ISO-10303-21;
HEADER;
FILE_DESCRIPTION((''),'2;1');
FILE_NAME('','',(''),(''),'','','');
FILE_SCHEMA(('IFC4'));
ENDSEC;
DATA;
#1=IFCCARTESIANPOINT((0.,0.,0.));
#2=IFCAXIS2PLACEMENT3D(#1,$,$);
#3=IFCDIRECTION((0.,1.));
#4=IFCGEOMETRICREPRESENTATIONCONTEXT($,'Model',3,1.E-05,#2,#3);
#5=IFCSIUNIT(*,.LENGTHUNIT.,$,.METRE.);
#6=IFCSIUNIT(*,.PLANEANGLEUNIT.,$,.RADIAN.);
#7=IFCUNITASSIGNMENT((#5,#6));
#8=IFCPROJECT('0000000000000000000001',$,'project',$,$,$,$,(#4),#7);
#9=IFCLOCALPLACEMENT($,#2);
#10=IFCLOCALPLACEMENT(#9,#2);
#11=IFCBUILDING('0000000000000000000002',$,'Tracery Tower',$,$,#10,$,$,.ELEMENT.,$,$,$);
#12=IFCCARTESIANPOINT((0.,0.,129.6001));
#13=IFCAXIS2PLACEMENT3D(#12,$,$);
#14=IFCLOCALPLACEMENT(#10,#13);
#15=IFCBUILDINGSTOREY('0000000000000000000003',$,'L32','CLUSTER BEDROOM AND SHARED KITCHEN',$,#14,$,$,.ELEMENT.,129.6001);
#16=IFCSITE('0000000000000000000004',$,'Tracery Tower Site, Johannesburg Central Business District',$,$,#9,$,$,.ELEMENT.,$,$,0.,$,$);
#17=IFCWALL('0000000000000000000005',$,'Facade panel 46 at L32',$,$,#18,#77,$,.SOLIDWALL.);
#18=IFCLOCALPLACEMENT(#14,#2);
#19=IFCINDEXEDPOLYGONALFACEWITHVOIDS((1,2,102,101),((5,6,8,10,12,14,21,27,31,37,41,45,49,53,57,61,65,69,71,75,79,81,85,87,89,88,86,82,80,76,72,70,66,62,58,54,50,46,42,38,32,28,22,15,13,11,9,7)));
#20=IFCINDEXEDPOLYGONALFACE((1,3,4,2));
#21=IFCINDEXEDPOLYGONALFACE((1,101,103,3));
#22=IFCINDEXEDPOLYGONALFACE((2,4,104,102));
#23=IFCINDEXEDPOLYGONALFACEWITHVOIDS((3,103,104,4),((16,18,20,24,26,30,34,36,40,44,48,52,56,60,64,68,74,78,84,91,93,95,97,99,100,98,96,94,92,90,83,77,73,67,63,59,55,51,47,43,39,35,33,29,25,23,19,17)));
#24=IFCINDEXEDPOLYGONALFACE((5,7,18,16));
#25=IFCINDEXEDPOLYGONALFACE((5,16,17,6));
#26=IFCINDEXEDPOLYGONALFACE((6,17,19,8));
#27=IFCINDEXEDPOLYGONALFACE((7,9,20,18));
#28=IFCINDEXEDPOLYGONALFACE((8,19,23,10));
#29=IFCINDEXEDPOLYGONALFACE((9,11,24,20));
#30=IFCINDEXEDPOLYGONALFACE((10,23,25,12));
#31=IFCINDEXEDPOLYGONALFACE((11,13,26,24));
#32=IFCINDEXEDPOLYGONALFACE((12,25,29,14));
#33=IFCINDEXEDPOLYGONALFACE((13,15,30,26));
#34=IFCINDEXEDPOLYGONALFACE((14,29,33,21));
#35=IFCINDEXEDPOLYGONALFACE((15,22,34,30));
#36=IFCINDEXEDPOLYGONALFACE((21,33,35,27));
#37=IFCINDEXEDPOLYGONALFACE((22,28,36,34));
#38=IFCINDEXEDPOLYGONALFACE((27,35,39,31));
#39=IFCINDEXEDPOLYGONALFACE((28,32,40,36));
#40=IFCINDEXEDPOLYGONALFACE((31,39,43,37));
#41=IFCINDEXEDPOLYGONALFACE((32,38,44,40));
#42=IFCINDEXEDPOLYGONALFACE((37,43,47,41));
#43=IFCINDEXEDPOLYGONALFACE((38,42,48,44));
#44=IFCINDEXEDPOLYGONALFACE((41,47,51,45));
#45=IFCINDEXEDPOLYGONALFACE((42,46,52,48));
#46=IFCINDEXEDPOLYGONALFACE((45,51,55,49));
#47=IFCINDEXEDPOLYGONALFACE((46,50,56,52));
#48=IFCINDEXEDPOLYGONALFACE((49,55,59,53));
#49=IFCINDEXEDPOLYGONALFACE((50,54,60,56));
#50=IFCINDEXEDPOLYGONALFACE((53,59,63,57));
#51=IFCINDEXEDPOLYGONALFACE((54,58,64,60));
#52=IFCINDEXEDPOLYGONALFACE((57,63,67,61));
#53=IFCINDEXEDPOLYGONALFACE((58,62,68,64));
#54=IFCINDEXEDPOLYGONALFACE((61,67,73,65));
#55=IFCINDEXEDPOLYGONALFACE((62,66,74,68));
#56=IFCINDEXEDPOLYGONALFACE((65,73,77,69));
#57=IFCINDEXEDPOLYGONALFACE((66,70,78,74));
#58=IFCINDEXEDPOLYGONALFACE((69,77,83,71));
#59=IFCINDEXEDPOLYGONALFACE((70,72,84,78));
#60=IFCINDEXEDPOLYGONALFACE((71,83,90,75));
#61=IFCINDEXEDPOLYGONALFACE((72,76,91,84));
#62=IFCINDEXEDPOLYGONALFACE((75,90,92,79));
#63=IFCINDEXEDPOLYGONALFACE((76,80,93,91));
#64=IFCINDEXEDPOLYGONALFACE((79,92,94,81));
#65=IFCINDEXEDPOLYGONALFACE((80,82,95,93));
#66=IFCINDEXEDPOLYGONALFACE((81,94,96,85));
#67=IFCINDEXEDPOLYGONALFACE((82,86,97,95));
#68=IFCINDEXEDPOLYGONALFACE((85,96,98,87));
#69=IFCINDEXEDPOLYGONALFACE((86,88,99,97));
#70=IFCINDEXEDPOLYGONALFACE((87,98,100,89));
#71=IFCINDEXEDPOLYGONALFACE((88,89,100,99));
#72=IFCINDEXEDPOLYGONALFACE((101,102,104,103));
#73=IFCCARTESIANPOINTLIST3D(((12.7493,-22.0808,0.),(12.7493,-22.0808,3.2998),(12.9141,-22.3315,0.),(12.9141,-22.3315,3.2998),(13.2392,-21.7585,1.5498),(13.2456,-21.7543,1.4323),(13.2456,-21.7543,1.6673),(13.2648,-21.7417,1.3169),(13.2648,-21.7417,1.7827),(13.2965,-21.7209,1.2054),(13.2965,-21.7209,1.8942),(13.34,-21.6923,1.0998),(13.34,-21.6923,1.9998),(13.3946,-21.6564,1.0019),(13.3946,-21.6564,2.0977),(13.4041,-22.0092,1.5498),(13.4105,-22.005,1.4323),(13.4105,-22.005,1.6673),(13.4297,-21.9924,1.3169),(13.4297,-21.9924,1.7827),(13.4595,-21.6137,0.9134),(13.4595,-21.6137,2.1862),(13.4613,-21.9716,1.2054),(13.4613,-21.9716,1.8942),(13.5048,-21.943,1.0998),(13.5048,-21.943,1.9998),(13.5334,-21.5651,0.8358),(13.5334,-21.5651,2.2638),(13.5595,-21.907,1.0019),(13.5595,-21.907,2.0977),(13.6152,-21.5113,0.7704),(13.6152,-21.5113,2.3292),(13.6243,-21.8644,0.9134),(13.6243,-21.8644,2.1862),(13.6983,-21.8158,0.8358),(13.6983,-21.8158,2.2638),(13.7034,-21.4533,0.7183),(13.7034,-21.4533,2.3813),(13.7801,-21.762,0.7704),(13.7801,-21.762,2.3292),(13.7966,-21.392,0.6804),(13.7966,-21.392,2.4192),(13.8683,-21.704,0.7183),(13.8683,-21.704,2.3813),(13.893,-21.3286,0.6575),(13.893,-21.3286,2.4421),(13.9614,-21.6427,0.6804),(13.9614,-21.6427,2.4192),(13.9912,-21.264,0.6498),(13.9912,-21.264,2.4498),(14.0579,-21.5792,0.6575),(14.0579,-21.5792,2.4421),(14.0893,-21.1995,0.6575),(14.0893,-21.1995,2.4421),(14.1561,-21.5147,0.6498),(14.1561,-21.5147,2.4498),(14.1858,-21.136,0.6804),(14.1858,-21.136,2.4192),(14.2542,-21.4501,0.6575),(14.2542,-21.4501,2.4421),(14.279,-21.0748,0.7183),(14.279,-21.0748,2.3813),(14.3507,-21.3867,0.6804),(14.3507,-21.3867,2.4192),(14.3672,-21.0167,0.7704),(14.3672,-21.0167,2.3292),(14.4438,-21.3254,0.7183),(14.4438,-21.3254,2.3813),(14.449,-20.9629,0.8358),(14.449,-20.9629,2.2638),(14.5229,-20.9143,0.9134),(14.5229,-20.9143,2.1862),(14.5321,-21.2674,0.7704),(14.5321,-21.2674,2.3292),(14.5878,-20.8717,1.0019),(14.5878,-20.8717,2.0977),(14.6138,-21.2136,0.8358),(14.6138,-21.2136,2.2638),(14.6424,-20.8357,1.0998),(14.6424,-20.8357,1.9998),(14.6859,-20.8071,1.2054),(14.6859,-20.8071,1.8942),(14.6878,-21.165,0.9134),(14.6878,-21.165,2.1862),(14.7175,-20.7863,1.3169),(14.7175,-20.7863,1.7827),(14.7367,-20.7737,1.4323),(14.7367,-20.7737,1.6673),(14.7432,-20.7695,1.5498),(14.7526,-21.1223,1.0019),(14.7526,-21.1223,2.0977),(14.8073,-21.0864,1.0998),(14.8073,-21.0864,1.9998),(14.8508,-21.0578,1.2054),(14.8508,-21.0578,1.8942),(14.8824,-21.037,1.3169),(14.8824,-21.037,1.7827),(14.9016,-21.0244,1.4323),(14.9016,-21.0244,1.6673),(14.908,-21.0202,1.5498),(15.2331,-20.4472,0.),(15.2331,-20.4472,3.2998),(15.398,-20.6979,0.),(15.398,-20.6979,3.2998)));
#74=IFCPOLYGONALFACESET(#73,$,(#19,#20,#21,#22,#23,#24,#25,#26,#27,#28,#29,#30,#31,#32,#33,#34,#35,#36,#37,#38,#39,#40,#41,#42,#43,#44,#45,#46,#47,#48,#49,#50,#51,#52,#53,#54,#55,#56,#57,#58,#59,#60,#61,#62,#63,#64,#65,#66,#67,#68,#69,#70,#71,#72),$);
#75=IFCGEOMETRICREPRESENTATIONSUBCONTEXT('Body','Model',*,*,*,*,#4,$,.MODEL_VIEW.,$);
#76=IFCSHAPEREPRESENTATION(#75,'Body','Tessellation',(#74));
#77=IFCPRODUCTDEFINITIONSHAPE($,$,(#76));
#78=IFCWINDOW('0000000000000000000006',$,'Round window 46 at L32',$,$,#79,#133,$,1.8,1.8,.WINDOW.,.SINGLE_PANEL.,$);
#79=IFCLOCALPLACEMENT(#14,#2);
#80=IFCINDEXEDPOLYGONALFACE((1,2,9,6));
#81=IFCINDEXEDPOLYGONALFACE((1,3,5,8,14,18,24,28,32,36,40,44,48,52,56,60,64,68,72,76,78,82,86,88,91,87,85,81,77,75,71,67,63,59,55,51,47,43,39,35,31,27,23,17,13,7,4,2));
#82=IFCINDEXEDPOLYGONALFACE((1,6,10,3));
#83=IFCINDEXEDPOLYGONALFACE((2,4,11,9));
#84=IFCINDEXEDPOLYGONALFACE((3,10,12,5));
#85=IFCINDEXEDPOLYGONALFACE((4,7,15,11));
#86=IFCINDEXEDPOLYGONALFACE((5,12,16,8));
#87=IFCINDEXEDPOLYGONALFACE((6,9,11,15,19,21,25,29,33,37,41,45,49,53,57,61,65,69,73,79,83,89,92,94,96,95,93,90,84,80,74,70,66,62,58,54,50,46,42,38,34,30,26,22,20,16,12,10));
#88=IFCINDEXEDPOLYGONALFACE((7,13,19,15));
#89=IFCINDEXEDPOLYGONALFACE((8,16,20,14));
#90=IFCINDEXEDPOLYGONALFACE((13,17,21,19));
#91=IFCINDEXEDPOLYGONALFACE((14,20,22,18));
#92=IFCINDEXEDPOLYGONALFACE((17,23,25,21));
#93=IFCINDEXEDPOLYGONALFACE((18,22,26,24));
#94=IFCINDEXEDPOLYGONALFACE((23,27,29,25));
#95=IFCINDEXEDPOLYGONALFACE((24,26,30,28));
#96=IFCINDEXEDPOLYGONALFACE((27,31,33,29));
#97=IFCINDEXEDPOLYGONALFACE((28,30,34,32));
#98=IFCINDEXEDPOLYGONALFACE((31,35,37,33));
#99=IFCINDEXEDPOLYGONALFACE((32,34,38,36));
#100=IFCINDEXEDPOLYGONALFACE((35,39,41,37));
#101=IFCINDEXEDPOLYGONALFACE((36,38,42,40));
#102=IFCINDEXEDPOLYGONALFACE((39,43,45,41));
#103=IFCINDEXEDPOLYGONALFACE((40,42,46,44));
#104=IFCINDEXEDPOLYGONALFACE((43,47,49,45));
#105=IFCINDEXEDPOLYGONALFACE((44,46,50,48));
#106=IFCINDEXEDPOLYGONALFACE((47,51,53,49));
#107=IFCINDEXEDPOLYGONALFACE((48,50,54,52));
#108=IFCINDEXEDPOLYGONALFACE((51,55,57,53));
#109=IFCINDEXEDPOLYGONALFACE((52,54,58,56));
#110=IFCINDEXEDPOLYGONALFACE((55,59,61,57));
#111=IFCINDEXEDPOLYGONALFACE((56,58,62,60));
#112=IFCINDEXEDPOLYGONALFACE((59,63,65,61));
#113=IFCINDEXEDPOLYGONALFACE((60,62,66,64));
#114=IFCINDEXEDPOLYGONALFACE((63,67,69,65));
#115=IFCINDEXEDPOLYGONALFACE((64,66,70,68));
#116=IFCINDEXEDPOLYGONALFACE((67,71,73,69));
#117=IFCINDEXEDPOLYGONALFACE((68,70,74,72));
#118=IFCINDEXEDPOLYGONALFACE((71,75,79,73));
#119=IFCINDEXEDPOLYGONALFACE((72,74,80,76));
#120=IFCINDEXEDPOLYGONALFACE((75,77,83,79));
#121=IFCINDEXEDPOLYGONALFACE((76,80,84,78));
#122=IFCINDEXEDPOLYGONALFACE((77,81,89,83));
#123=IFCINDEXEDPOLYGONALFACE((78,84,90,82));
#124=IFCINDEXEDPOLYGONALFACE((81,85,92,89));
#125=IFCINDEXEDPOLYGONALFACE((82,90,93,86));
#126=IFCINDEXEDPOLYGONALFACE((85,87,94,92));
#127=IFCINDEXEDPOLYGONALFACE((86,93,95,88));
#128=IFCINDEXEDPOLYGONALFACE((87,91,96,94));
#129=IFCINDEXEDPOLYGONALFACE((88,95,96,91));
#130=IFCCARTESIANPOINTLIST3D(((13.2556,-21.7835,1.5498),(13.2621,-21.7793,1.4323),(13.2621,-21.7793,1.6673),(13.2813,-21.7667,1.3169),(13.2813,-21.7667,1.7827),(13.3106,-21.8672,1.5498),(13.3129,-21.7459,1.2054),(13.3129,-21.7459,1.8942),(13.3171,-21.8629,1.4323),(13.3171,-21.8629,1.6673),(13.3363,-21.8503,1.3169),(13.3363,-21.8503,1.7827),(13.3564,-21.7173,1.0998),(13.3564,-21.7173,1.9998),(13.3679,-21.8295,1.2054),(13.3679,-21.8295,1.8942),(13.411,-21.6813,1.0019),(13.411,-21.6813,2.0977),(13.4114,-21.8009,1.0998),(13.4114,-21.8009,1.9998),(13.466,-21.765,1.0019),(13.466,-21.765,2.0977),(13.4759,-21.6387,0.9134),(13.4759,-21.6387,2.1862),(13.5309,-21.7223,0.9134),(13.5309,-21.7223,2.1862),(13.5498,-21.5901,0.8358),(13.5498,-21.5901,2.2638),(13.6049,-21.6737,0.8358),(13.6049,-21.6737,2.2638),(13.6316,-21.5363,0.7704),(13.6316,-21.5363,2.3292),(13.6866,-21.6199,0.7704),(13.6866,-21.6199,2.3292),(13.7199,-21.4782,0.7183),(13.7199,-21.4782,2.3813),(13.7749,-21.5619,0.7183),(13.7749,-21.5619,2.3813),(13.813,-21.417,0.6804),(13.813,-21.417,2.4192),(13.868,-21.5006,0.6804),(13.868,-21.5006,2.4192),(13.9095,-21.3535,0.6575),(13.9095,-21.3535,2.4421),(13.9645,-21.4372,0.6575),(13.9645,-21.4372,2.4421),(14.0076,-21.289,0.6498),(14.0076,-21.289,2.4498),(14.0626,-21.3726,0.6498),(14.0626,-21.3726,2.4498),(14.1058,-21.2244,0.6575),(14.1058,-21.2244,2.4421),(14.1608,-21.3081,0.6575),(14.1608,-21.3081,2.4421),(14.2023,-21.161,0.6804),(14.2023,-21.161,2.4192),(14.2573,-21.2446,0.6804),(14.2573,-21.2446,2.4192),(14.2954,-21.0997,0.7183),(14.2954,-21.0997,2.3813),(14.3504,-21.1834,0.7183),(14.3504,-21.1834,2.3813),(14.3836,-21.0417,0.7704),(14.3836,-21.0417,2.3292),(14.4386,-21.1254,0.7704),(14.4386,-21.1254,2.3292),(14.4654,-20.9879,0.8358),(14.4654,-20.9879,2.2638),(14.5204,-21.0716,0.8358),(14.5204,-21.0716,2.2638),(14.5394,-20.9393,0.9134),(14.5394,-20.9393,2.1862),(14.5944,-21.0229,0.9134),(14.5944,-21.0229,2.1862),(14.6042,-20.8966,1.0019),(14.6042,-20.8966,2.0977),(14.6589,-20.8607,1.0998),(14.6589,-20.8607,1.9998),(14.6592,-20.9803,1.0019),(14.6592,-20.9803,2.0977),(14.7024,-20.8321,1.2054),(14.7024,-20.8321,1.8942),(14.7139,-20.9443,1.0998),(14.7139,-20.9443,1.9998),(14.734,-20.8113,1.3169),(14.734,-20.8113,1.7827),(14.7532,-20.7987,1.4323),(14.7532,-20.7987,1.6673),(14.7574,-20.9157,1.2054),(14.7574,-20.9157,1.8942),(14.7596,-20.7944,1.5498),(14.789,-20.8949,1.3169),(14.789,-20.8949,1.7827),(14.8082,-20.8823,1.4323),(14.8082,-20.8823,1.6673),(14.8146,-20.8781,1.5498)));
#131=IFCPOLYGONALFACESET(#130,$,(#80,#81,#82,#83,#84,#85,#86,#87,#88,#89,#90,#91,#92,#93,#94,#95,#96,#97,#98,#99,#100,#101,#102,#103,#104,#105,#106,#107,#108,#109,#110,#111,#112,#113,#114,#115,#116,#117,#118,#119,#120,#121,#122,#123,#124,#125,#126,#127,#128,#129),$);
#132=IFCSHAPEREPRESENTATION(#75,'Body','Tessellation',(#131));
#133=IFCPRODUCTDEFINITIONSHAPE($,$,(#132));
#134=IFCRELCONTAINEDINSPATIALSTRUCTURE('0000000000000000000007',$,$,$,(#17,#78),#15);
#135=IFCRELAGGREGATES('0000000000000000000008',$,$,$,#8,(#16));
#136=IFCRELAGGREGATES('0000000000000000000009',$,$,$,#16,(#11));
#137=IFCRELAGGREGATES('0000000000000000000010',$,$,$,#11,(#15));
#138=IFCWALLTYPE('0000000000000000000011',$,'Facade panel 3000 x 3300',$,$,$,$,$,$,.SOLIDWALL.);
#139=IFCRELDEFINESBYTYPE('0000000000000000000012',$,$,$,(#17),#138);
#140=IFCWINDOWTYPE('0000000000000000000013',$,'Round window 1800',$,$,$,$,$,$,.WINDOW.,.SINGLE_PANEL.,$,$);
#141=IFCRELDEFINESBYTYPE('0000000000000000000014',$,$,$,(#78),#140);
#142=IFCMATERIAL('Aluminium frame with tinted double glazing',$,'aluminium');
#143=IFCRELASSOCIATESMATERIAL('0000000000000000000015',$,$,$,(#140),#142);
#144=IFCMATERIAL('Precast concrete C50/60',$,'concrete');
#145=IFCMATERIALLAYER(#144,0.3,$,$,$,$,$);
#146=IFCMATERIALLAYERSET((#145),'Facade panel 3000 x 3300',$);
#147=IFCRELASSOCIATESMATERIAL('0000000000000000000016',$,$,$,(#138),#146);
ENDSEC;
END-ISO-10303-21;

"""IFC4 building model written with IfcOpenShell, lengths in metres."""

from ifc_helpers import new_model, si_unit, direction, frame, frame_2d, origin, origin_2d, place, context, subcontext, project, spatial, rectangle, circle, extrude, material, layer, layer_set, type_object, element, fill, save


model = new_model("IFC4")

# Units and contexts
model_context = context("Model", 3, precision=1e-05, world=origin(), true_north=direction((0.0, 1.0)))
body_context = subcontext(model_context, "Body", "Model", "MODEL_VIEW")
ifc_project = project(units=[si_unit("LENGTHUNIT", "METRE"), si_unit("PLANEANGLEUNIT", "RADIAN")], contexts=[model_context])

# Site, building, storey
site_placement = place(None, origin())
site = spatial("IfcSite", under=ifc_project, at=site_placement, Name="Tracery Tower Site, Johannesburg Central Business District", CompositionType="ELEMENT", RefElevation=0.0)
building_placement = place(site_placement, origin())
building = spatial("IfcBuilding", under=site, at=building_placement, Name="Tracery Tower", CompositionType="ELEMENT")
storey_placement = place(building_placement, frame((0.0, 0.0, 129.6001)))
storey = spatial("IfcBuildingStorey", under=building, at=storey_placement, Name="L32", Description="CLUSTER BEDROOM AND SHARED KITCHEN", CompositionType="ELEMENT", Elevation=129.6001)

# Wall, opening, window
ifc_material_1 = material(Name="Aluminium frame with tinted double glazing", Category="aluminium")
window_type = type_object("IfcWindowType", Name="Round window 1800", PartitioningType="SINGLE_PANEL", PredefinedType="WINDOW", material=ifc_material_1)
ifc_material_2 = material(Name="Precast concrete C50/60", Category="concrete")
ifc_layer_1 = layer(ifc_material_2, 0.3)
ifc_layer_set_1 = layer_set([ifc_layer_1], Name="Facade panel 3000 x 3300")
wall_type_1 = type_object("IfcWallType", Name="Facade panel 3000 x 3300", PredefinedType="SOLIDWALL", material=ifc_layer_set_1)
wall_1_placement = place(storey_placement, frame((12.8318, -22.2061, 0.0), z_axis=(0.0, 0.0, 1.0), x_axis=(0.835508, 0.549478, 0.0)))
wall_1 = element("IfcWall", 1, at=wall_1_placement, inside=storey, type_object=wall_type_1, Name="Facade panel 46 at L32", PredefinedType="SOLIDWALL", context=body_context, shape_type="SweptSolid", body=[
    extrude(rectangle(XDim=2.9729, YDim=0.3, at=frame_2d((1.4863, 0.0))), origin(), (0.0, 0.0, 1.0), 3.2998),
])
opening_1_placement = place(wall_1_placement, frame((1.4863, 0.0, 1.5498)))
opening_1 = element("IfcOpeningElement", 2, at=opening_1_placement, cuts=wall_1, PredefinedType="OPENING", context=body_context, shape_type="SweptSolid", body=[
    extrude(circle(Radius=0.9, at=origin_2d()), frame((0.0, 0.1599, 0.0), z_axis=(0.0, -1.0, 0.0), x_axis=(1.0, 0.0, 0.0)), (0.0, 0.0, 1.0), 0.3201),
])
window_1_placement = place(opening_1_placement, origin())
window_1 = element("IfcWindow", 3, at=window_1_placement, inside=storey, type_object=window_type, Name="Round window 46 at L32", OverallHeight=1.8, OverallWidth=1.8, PartitioningType="SINGLE_PANEL", PredefinedType="WINDOW", context=body_context, shape_type="SweptSolid", body=[
    extrude(circle(Radius=0.9, at=origin_2d()), frame((0.0, 0.1201, 0.0), z_axis=(0.0, -1.0, 0.0), x_axis=(1.0, 0.0, 0.0)), (0.0, 0.0, 1.0), 0.1001),
])
fill(opening_1, window_1)

save(model, "model.ifc")
